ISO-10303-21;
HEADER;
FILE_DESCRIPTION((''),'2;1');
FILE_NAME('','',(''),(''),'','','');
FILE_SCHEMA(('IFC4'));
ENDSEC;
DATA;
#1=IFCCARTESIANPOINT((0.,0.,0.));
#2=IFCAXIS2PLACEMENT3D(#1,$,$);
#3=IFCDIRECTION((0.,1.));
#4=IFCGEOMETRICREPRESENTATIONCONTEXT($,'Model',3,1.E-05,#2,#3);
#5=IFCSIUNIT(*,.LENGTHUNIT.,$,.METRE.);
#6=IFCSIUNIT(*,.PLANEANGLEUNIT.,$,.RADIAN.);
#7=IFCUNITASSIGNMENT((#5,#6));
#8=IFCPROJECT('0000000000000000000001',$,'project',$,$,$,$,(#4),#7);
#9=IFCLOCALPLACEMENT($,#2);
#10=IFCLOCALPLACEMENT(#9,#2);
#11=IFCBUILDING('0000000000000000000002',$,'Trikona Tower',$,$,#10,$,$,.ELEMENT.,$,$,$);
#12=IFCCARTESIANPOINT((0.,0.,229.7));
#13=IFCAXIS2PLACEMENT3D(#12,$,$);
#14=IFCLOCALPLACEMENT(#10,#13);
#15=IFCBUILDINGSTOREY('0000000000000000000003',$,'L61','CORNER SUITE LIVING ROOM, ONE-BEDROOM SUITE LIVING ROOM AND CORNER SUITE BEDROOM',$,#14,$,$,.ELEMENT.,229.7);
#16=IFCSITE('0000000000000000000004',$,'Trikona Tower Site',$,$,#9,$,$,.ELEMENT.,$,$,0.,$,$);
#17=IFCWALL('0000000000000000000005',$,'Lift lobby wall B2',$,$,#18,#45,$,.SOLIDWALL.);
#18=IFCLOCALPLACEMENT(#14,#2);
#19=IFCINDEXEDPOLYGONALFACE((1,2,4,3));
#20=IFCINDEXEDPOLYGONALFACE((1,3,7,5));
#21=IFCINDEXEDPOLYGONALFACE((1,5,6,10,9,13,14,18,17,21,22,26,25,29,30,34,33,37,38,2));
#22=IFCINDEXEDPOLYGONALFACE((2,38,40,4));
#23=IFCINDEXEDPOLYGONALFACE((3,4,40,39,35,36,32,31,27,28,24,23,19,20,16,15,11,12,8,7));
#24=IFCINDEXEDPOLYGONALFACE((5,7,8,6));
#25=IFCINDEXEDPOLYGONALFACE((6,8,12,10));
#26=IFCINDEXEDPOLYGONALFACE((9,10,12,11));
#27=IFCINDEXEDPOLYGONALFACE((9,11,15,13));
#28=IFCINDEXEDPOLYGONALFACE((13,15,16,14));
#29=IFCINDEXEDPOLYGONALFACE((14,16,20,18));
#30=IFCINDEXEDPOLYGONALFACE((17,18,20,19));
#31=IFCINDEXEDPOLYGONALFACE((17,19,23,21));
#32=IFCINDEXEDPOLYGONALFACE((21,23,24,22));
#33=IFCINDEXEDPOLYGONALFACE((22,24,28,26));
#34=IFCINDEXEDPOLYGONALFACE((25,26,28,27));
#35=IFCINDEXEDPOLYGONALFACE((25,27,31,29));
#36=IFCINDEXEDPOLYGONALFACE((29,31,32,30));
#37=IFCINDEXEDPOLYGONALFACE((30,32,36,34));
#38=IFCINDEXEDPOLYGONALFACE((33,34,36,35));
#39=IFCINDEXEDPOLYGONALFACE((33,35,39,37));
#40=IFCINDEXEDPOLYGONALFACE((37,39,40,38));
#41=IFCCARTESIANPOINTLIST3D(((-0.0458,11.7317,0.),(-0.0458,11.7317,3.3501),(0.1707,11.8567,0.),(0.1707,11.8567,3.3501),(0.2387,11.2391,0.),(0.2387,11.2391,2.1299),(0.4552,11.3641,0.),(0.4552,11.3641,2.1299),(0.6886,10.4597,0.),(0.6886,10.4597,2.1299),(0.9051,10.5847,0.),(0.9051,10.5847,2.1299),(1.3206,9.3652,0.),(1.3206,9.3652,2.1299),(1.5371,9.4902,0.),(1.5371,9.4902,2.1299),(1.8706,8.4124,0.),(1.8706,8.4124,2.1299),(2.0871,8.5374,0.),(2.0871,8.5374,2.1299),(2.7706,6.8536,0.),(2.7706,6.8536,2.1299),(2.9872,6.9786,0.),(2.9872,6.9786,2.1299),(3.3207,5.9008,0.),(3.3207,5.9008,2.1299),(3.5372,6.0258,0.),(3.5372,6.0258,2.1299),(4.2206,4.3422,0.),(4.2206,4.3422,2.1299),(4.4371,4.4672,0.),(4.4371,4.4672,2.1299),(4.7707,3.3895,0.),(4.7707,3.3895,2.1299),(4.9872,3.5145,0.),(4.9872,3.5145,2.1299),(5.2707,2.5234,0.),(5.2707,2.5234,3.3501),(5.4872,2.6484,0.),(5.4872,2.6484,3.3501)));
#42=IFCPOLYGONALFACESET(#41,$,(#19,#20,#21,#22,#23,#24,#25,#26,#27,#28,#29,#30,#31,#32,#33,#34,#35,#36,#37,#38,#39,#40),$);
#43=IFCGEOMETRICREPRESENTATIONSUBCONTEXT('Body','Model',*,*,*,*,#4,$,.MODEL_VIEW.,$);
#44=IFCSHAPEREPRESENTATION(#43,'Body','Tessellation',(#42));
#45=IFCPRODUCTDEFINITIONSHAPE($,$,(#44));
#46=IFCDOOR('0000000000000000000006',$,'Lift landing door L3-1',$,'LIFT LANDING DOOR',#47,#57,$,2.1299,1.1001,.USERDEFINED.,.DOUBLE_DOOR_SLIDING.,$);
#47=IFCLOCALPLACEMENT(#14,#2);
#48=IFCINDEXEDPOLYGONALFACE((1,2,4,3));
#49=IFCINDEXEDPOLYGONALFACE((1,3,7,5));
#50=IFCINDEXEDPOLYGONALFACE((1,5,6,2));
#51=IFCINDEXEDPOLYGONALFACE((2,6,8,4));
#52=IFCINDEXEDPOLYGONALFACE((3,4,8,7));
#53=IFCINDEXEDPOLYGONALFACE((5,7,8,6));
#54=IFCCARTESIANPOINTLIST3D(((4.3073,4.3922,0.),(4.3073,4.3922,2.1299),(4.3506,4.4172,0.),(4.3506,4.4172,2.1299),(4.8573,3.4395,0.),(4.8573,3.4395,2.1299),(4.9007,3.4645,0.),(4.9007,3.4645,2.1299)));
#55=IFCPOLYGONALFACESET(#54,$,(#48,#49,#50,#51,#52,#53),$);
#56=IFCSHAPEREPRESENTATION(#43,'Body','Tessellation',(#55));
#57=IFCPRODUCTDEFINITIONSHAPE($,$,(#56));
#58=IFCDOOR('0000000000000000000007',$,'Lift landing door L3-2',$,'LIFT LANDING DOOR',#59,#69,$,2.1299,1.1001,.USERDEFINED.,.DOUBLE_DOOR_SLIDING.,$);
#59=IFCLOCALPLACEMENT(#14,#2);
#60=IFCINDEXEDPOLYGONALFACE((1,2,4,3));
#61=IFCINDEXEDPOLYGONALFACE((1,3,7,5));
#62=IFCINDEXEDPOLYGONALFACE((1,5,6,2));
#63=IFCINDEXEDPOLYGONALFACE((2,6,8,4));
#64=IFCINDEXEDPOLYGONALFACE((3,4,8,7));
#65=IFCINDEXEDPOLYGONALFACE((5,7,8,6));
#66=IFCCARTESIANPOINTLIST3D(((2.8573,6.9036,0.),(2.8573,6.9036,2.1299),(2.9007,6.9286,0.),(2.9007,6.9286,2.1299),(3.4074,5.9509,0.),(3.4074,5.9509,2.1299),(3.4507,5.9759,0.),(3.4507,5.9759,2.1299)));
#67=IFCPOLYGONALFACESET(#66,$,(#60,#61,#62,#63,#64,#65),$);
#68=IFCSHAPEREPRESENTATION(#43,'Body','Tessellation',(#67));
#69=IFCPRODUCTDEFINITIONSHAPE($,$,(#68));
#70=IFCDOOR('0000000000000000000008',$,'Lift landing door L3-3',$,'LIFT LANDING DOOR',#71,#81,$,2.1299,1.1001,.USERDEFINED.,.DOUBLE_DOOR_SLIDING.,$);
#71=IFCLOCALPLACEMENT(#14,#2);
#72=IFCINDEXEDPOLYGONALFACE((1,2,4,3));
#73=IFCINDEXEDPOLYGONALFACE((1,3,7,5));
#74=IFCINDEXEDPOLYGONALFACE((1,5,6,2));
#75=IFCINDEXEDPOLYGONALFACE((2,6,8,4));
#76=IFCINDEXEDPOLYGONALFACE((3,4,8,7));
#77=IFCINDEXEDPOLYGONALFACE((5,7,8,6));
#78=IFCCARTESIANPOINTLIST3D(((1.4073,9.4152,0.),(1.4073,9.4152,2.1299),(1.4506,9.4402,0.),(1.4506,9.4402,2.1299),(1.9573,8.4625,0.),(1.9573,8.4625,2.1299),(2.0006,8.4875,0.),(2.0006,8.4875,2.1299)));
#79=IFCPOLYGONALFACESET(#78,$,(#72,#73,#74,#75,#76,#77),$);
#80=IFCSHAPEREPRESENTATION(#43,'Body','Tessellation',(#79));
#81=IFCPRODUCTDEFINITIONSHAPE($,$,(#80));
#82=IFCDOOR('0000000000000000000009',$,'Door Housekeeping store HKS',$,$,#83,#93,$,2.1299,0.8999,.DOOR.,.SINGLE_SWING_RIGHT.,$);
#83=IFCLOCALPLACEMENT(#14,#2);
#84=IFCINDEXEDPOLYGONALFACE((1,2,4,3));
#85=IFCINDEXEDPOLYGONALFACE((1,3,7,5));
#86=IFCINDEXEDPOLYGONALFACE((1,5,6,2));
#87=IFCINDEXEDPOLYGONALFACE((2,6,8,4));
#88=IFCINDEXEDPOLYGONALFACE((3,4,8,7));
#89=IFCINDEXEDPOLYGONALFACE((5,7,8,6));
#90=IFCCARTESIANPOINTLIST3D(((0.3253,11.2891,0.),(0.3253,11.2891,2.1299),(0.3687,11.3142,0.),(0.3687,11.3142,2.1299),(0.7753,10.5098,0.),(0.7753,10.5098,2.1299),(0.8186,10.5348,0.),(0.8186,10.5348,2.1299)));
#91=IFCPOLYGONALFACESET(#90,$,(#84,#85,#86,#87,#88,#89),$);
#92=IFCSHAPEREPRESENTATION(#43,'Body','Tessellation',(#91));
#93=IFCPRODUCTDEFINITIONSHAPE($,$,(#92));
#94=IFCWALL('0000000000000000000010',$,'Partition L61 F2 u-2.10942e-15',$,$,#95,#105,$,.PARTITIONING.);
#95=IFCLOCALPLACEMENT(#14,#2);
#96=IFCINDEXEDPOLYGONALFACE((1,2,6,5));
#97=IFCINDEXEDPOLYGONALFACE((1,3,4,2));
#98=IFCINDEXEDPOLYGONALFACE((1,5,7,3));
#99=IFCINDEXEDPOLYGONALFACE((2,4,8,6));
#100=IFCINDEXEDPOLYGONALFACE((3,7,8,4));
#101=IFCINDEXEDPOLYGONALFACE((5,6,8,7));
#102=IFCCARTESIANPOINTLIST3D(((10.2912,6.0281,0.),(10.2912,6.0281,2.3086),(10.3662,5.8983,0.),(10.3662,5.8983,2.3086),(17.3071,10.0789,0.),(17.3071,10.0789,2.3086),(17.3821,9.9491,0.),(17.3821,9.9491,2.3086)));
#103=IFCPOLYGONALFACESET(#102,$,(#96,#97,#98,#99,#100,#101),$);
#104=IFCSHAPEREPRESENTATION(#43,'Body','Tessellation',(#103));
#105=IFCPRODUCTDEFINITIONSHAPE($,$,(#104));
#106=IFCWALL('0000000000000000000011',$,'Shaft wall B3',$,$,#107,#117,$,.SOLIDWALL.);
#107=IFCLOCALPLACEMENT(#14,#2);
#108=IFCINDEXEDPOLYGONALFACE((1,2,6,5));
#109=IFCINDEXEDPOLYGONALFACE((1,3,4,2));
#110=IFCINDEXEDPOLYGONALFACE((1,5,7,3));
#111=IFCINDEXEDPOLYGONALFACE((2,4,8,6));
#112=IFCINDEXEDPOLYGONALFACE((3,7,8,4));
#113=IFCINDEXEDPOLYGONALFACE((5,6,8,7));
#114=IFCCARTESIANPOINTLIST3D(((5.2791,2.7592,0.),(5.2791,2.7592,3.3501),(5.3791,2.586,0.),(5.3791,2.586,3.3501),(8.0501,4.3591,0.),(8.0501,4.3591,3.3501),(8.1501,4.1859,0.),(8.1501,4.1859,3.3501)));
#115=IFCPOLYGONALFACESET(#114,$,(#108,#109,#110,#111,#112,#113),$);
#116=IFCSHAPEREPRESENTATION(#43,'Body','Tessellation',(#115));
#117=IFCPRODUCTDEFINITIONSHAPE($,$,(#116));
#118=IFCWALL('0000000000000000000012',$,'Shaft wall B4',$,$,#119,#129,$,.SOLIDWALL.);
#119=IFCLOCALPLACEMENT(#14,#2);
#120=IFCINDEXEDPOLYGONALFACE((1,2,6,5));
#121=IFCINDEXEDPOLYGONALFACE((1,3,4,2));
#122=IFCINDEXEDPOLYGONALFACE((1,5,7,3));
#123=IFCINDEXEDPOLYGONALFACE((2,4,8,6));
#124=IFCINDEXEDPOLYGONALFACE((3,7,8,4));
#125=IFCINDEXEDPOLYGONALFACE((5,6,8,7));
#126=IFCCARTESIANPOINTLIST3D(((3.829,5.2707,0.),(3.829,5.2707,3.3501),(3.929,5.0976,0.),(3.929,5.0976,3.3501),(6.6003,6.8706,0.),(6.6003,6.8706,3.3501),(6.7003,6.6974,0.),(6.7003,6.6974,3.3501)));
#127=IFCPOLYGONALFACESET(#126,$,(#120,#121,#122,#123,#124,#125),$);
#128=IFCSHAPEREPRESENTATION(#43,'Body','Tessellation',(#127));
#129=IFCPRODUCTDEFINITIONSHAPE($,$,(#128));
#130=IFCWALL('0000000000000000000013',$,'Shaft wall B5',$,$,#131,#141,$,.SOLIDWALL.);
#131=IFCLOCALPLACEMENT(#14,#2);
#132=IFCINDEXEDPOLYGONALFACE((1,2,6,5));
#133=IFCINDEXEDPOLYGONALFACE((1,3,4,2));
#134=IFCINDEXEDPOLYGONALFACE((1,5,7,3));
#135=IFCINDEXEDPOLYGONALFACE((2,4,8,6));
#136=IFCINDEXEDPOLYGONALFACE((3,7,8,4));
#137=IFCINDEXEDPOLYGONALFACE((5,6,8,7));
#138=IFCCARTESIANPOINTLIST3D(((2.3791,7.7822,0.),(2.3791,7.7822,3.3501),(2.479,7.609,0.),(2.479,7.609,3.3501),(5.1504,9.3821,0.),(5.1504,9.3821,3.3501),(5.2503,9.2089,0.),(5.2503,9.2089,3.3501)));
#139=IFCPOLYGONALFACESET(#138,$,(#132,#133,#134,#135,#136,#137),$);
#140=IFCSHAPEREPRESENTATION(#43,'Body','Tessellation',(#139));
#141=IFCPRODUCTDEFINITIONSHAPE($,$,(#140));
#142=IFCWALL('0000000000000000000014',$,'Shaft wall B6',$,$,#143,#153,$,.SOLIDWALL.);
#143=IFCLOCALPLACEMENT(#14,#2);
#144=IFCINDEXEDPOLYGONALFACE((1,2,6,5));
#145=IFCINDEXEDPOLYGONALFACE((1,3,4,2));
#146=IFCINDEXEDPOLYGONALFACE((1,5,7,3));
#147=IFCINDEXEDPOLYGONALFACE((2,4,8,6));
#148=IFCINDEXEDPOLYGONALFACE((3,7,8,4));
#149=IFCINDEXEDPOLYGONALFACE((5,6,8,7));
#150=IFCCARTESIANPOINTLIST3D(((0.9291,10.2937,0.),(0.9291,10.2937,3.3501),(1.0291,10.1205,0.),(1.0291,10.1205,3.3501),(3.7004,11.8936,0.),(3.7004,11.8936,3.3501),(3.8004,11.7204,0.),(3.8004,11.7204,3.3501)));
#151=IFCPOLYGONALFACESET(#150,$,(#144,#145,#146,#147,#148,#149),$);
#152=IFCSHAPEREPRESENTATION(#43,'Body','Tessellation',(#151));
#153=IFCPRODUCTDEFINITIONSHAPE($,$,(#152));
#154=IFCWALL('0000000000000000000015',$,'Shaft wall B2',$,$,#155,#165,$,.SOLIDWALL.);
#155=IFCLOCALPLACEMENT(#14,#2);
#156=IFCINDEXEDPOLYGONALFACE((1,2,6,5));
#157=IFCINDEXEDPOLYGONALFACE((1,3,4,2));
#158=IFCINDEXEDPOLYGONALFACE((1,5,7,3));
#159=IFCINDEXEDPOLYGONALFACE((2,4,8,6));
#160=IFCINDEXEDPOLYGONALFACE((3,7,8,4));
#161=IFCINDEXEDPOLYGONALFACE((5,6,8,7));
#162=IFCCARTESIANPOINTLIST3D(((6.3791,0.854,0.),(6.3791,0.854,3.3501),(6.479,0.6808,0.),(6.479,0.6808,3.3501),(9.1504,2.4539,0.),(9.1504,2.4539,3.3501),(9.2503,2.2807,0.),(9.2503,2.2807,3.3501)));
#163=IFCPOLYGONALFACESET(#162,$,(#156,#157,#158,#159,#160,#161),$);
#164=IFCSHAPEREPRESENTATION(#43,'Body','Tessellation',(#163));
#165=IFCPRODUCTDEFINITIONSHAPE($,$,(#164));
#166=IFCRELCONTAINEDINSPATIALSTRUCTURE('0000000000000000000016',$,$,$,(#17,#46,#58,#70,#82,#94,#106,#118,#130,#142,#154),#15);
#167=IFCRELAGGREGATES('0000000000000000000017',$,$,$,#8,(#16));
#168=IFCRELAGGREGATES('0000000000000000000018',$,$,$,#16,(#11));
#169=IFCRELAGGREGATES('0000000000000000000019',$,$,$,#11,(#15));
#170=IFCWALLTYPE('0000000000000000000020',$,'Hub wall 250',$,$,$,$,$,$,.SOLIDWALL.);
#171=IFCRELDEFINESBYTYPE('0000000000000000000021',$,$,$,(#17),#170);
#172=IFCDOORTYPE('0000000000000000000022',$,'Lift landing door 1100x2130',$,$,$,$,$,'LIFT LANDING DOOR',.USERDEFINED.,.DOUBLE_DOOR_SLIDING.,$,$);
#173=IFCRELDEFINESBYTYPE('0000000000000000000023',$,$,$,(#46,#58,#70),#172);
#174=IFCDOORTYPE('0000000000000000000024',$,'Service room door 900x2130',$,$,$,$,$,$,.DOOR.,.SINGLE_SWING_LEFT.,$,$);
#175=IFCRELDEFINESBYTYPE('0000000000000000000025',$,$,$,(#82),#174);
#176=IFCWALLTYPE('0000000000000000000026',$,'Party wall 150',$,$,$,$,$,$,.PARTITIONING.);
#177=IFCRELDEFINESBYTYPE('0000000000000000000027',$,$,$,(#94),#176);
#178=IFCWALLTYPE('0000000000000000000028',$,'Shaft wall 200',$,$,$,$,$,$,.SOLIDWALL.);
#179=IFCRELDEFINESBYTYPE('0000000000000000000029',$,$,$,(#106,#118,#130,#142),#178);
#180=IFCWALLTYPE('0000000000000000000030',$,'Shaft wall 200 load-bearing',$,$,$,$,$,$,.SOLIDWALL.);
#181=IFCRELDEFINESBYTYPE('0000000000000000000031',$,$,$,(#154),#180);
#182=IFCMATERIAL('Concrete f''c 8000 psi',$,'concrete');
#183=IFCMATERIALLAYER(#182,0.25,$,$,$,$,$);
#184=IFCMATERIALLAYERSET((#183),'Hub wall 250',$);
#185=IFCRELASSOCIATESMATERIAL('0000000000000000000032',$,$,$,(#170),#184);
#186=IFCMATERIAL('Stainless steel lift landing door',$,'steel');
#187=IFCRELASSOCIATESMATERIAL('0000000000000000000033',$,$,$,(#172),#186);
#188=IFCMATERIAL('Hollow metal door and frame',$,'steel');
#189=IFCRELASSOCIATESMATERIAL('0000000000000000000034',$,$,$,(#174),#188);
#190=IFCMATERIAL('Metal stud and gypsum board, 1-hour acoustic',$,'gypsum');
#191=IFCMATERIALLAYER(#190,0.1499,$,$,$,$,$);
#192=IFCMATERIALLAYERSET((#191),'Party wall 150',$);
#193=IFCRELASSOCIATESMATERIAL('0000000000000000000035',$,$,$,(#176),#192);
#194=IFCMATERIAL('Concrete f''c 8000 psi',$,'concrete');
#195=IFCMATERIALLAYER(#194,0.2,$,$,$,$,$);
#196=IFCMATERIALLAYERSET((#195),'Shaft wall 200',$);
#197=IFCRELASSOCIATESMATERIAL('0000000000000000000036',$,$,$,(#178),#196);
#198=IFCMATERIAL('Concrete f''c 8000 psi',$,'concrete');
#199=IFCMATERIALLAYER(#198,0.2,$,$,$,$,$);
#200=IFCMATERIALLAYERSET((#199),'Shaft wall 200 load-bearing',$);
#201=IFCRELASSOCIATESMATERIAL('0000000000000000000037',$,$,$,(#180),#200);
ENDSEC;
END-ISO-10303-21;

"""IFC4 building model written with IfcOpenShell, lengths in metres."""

from ifc_helpers import new_model, si_unit, direction, frame, frame_2d, origin, place, context, subcontext, project, spatial, rectangle, extrude, material, layer, layer_set, type_object, element, fill, save


model = new_model("IFC4")

# Units and contexts
model_context = context("Model", 3, precision=1e-05, world=origin(), true_north=direction((0.0, 1.0)))
body_context = subcontext(model_context, "Body", "Model", "MODEL_VIEW")
ifc_project = project(units=[si_unit("LENGTHUNIT", "METRE"), si_unit("PLANEANGLEUNIT", "RADIAN")], contexts=[model_context])

# Site, building, storey
site_placement = place(None, origin())
site = spatial("IfcSite", under=ifc_project, at=site_placement, Name="Trikona Tower Site", CompositionType="ELEMENT", RefElevation=0.0)
building_placement = place(site_placement, origin())
building = spatial("IfcBuilding", under=site, at=building_placement, Name="Trikona Tower", CompositionType="ELEMENT")
storey_placement = place(building_placement, frame((0.0, 0.0, 229.7)))
storey = spatial("IfcBuildingStorey", under=building, at=storey_placement, Name="L61", Description="CORNER SUITE LIVING ROOM, ONE-BEDROOM SUITE LIVING ROOM AND CORNER SUITE BEDROOM", CompositionType="ELEMENT", Elevation=229.7)

# Wall, openings, doors
ifc_material_1 = material(Name="Concrete f'c 8000 psi", Category="concrete")
ifc_layer_1 = layer(ifc_material_1, 0.25)
ifc_layer_set_1 = layer_set([ifc_layer_1], Name="Hub wall 250")
wall_type_1 = type_object("IfcWallType", Name="Hub wall 250", PredefinedType="SOLIDWALL", material=ifc_layer_set_1)
wall_1_placement = place(storey_placement, frame((5.3789, 2.5859, 0.0), z_axis=(0.0, 0.0, 1.0), x_axis=(-0.500001, 0.866025, 0.0)))
wall_1 = element("IfcWall", 1, at=wall_1_placement, inside=storey, type_object=wall_type_1, Name="Lift lobby wall B2", PredefinedType="SOLIDWALL", context=body_context, shape_type="SweptSolid", body=[
    extrude(rectangle(XDim=10.6328, YDim=0.25, at=frame_2d((5.3164, 0.0))), origin(), (0.0, 0.0, 1.0), 3.3501),
])
opening_1_placement = place(wall_1_placement, frame((9.1641, 0.0, 0.0)))
opening_1 = element("IfcOpeningElement", 2, at=opening_1_placement, cuts=wall_1, PredefinedType="OPENING", context=body_context, shape_type="SweptSolid", body=[
    extrude(rectangle(XDim=0.8999, YDim=2.1299, at=frame_2d((0.45, 1.0649))), frame((0.0, 0.135, 0.0), z_axis=(0.0, -1.0, 0.0), x_axis=(1.0, 0.0, 0.0)), (0.0, 0.0, 1.0), 0.27),
])
opening_2_placement = place(wall_1_placement, frame((1.0, 0.0, 0.0)))
opening_2 = element("IfcOpeningElement", 3, at=opening_2_placement, cuts=wall_1, PredefinedType="OPENING", context=body_context, shape_type="SweptSolid", body=[
    extrude(rectangle(XDim=1.1001, YDim=2.1299, at=frame_2d((0.55, 1.0649))), frame((0.0, 0.135, 0.0), z_axis=(0.0, -1.0, 0.0), x_axis=(1.0, 0.0, 0.0)), (0.0, 0.0, 1.0), 0.27),
])
opening_3_placement = place(wall_1_placement, frame((3.8999, 0.0, 0.0)))
opening_3 = element("IfcOpeningElement", 4, at=opening_3_placement, cuts=wall_1, PredefinedType="OPENING", context=body_context, shape_type="SweptSolid", body=[
    extrude(rectangle(XDim=1.1001, YDim=2.1299, at=frame_2d((0.55, 1.0649))), frame((0.0, 0.135, 0.0), z_axis=(0.0, -1.0, 0.0), x_axis=(1.0, 0.0, 0.0)), (0.0, 0.0, 1.0), 0.27),
])
opening_4_placement = place(wall_1_placement, frame((6.8, 0.0, 0.0)))
opening_4 = element("IfcOpeningElement", 5, at=opening_4_placement, cuts=wall_1, PredefinedType="OPENING", context=body_context, shape_type="SweptSolid", body=[
    extrude(rectangle(XDim=1.1001, YDim=2.1299, at=frame_2d((0.55, 1.0649))), frame((0.0, 0.135, 0.0), z_axis=(0.0, -1.0, 0.0), x_axis=(1.0, 0.0, 0.0)), (0.0, 0.0, 1.0), 0.27),
])
ifc_material_2 = material(Name="Stainless steel lift landing door", Category="steel")
door_type_1 = type_object("IfcDoorType", Name="Lift landing door 1100x2130", ElementType="LIFT LANDING DOOR", OperationType="DOUBLE_DOOR_SLIDING", PredefinedType="USERDEFINED", material=ifc_material_2)
door_1_placement = place(opening_2_placement, origin())
door_1 = element("IfcDoor", 6, at=door_1_placement, inside=storey, type_object=door_type_1, Name="Lift landing door L3-1", ObjectType="LIFT LANDING DOOR", OperationType="DOUBLE_DOOR_SLIDING", OverallHeight=2.1299, OverallWidth=1.1001, PredefinedType="USERDEFINED", context=body_context, shape_type="SweptSolid", body=[
    extrude(rectangle(XDim=1.1001, YDim=2.1299, at=frame_2d((0.55, 1.0649))), frame((0.0, 0.0249, 0.0), z_axis=(0.0, -1.0, 0.0), x_axis=(1.0, 0.0, 0.0)), (0.0, 0.0, 1.0), 0.05),
])
fill(opening_2, door_1)
door_2_placement = place(opening_3_placement, origin())
door_2 = element("IfcDoor", 7, at=door_2_placement, inside=storey, type_object=door_type_1, Name="Lift landing door L3-2", ObjectType="LIFT LANDING DOOR", OperationType="DOUBLE_DOOR_SLIDING", OverallHeight=2.1299, OverallWidth=1.1001, PredefinedType="USERDEFINED", context=body_context, shape_type="SweptSolid", body=[
    extrude(rectangle(XDim=1.1001, YDim=2.1299, at=frame_2d((0.55, 1.0649))), frame((0.0, 0.0249, 0.0), z_axis=(0.0, -1.0, 0.0), x_axis=(1.0, 0.0, 0.0)), (0.0, 0.0, 1.0), 0.05),
])
fill(opening_3, door_2)
door_3_placement = place(opening_4_placement, origin())
door_3 = element("IfcDoor", 8, at=door_3_placement, inside=storey, type_object=door_type_1, Name="Lift landing door L3-3", ObjectType="LIFT LANDING DOOR", OperationType="DOUBLE_DOOR_SLIDING", OverallHeight=2.1299, OverallWidth=1.1001, PredefinedType="USERDEFINED", context=body_context, shape_type="SweptSolid", body=[
    extrude(rectangle(XDim=1.1001, YDim=2.1299, at=frame_2d((0.55, 1.0649))), frame((0.0, 0.0249, 0.0), z_axis=(0.0, -1.0, 0.0), x_axis=(1.0, 0.0, 0.0)), (0.0, 0.0, 1.0), 0.05),
])
fill(opening_4, door_3)
ifc_material_3 = material(Name="Hollow metal door and frame", Category="steel")
door_type_2 = type_object("IfcDoorType", Name="Service room door 900x2130", OperationType="SINGLE_SWING_LEFT", PredefinedType="DOOR", material=ifc_material_3)
door_4_placement = place(opening_1_placement, origin())
door_4 = element("IfcDoor", 9, at=door_4_placement, inside=storey, type_object=door_type_2, Name="Door Housekeeping store HKS", OperationType="SINGLE_SWING_RIGHT", OverallHeight=2.1299, OverallWidth=0.8999, PredefinedType="DOOR", context=body_context, shape_type="SweptSolid", body=[
    extrude(rectangle(XDim=0.8999, YDim=2.1299, at=frame_2d((0.45, 1.0649))), frame((0.0, 0.0249, 0.0), z_axis=(0.0, -1.0, 0.0), x_axis=(1.0, 0.0, 0.0)), (0.0, 0.0, 1.0), 0.05),
])
fill(opening_1, door_4)

# Walls
ifc_material_4 = material(Name="Metal stud and gypsum board, 1-hour acoustic", Category="gypsum")
ifc_layer_2 = layer(ifc_material_4, 0.1499)
ifc_layer_set_2 = layer_set([ifc_layer_2], Name="Party wall 150")
wall_type_2 = type_object("IfcWallType", Name="Party wall 150", PredefinedType="PARTITIONING", material=ifc_layer_set_2)
wall_2_placement = place(storey_placement, frame((10.3286, 5.9631, 0.0), z_axis=(0.0, 0.0, 1.0), x_axis=(0.866016, 0.500015, 0.0)))
element("IfcWall", 10, at=wall_2_placement, inside=storey, type_object=wall_type_2, Name="Partition L61 F2 u-2.10942e-15", PredefinedType="PARTITIONING", context=body_context, shape_type="SweptSolid", body=[
    extrude(rectangle(XDim=8.1013, YDim=0.1499, at=frame_2d((4.0508, 0.0))), origin(), (0.0, 0.0, 1.0), 2.3086),
])
ifc_material_5 = material(Name="Concrete f'c 8000 psi", Category="concrete")
ifc_layer_3 = layer(ifc_material_5, 0.2)
ifc_layer_set_3 = layer_set([ifc_layer_3], Name="Shaft wall 200")
wall_type_3 = type_object("IfcWallType", Name="Shaft wall 200", PredefinedType="SOLIDWALL", material=ifc_layer_set_3)
wall_3_placement = place(storey_placement, frame((5.3291, 2.6726, 0.0), z_axis=(0.0, 0.0, 1.0), x_axis=(0.866023, 0.500004, 0.0)))
element("IfcWall", 11, at=wall_3_placement, inside=storey, type_object=wall_type_3, Name="Shaft wall B3", PredefinedType="SOLIDWALL", context=body_context, shape_type="SweptSolid", body=[
    extrude(rectangle(XDim=3.1997, YDim=0.2, at=frame_2d((1.5999, 0.0))), origin(), (0.0, 0.0, 1.0), 3.3501),
])
for number, where, z_axis, x_axis, name in (
    (12, (3.8789, 5.1841, 0.0), (0.0, 0.0, 1.0), (0.866042, 0.499971, 0.0), "Shaft wall B4"),
    (13, (2.429, 7.6956, 0.0), (0.0, 0.0, 1.0), (0.866042, 0.499971, 0.0), "Shaft wall B5"),
    (14, (0.979, 10.207, 0.0), (0.0, 0.0, 1.0), (0.866042, 0.499971, 0.0), "Shaft wall B6"),
):
    element("IfcWall", number, at=place(storey_placement, frame(where, z_axis=z_axis, x_axis=x_axis)), inside=storey, type_object=wall_type_3, Name=name, PredefinedType="SOLIDWALL", context=body_context, shape_type="SweptSolid", body=[
        extrude(rectangle(XDim=3.2, YDim=0.2, at=frame_2d((1.6001, 0.0))), origin(), (0.0, 0.0, 1.0), 3.3501),
    ])
ifc_material_6 = material(Name="Concrete f'c 8000 psi", Category="concrete")
ifc_layer_4 = layer(ifc_material_6, 0.2)
ifc_layer_set_4 = layer_set([ifc_layer_4], Name="Shaft wall 200 load-bearing")
wall_type_4 = type_object("IfcWallType", Name="Shaft wall 200 load-bearing", PredefinedType="SOLIDWALL", material=ifc_layer_set_4)
wall_4_placement = place(storey_placement, frame((6.429, 0.7673, 0.0), z_axis=(0.0, 0.0, 1.0), x_axis=(0.866042, 0.499971, 0.0)))
element("IfcWall", 15, at=wall_4_placement, inside=storey, type_object=wall_type_4, Name="Shaft wall B2", PredefinedType="SOLIDWALL", context=body_context, shape_type="SweptSolid", body=[
    extrude(rectangle(XDim=3.2, YDim=0.2, at=frame_2d((1.6001, 0.0))), origin(), (0.0, 0.0, 1.0), 3.3501),
])

save(model, "model.ifc")
